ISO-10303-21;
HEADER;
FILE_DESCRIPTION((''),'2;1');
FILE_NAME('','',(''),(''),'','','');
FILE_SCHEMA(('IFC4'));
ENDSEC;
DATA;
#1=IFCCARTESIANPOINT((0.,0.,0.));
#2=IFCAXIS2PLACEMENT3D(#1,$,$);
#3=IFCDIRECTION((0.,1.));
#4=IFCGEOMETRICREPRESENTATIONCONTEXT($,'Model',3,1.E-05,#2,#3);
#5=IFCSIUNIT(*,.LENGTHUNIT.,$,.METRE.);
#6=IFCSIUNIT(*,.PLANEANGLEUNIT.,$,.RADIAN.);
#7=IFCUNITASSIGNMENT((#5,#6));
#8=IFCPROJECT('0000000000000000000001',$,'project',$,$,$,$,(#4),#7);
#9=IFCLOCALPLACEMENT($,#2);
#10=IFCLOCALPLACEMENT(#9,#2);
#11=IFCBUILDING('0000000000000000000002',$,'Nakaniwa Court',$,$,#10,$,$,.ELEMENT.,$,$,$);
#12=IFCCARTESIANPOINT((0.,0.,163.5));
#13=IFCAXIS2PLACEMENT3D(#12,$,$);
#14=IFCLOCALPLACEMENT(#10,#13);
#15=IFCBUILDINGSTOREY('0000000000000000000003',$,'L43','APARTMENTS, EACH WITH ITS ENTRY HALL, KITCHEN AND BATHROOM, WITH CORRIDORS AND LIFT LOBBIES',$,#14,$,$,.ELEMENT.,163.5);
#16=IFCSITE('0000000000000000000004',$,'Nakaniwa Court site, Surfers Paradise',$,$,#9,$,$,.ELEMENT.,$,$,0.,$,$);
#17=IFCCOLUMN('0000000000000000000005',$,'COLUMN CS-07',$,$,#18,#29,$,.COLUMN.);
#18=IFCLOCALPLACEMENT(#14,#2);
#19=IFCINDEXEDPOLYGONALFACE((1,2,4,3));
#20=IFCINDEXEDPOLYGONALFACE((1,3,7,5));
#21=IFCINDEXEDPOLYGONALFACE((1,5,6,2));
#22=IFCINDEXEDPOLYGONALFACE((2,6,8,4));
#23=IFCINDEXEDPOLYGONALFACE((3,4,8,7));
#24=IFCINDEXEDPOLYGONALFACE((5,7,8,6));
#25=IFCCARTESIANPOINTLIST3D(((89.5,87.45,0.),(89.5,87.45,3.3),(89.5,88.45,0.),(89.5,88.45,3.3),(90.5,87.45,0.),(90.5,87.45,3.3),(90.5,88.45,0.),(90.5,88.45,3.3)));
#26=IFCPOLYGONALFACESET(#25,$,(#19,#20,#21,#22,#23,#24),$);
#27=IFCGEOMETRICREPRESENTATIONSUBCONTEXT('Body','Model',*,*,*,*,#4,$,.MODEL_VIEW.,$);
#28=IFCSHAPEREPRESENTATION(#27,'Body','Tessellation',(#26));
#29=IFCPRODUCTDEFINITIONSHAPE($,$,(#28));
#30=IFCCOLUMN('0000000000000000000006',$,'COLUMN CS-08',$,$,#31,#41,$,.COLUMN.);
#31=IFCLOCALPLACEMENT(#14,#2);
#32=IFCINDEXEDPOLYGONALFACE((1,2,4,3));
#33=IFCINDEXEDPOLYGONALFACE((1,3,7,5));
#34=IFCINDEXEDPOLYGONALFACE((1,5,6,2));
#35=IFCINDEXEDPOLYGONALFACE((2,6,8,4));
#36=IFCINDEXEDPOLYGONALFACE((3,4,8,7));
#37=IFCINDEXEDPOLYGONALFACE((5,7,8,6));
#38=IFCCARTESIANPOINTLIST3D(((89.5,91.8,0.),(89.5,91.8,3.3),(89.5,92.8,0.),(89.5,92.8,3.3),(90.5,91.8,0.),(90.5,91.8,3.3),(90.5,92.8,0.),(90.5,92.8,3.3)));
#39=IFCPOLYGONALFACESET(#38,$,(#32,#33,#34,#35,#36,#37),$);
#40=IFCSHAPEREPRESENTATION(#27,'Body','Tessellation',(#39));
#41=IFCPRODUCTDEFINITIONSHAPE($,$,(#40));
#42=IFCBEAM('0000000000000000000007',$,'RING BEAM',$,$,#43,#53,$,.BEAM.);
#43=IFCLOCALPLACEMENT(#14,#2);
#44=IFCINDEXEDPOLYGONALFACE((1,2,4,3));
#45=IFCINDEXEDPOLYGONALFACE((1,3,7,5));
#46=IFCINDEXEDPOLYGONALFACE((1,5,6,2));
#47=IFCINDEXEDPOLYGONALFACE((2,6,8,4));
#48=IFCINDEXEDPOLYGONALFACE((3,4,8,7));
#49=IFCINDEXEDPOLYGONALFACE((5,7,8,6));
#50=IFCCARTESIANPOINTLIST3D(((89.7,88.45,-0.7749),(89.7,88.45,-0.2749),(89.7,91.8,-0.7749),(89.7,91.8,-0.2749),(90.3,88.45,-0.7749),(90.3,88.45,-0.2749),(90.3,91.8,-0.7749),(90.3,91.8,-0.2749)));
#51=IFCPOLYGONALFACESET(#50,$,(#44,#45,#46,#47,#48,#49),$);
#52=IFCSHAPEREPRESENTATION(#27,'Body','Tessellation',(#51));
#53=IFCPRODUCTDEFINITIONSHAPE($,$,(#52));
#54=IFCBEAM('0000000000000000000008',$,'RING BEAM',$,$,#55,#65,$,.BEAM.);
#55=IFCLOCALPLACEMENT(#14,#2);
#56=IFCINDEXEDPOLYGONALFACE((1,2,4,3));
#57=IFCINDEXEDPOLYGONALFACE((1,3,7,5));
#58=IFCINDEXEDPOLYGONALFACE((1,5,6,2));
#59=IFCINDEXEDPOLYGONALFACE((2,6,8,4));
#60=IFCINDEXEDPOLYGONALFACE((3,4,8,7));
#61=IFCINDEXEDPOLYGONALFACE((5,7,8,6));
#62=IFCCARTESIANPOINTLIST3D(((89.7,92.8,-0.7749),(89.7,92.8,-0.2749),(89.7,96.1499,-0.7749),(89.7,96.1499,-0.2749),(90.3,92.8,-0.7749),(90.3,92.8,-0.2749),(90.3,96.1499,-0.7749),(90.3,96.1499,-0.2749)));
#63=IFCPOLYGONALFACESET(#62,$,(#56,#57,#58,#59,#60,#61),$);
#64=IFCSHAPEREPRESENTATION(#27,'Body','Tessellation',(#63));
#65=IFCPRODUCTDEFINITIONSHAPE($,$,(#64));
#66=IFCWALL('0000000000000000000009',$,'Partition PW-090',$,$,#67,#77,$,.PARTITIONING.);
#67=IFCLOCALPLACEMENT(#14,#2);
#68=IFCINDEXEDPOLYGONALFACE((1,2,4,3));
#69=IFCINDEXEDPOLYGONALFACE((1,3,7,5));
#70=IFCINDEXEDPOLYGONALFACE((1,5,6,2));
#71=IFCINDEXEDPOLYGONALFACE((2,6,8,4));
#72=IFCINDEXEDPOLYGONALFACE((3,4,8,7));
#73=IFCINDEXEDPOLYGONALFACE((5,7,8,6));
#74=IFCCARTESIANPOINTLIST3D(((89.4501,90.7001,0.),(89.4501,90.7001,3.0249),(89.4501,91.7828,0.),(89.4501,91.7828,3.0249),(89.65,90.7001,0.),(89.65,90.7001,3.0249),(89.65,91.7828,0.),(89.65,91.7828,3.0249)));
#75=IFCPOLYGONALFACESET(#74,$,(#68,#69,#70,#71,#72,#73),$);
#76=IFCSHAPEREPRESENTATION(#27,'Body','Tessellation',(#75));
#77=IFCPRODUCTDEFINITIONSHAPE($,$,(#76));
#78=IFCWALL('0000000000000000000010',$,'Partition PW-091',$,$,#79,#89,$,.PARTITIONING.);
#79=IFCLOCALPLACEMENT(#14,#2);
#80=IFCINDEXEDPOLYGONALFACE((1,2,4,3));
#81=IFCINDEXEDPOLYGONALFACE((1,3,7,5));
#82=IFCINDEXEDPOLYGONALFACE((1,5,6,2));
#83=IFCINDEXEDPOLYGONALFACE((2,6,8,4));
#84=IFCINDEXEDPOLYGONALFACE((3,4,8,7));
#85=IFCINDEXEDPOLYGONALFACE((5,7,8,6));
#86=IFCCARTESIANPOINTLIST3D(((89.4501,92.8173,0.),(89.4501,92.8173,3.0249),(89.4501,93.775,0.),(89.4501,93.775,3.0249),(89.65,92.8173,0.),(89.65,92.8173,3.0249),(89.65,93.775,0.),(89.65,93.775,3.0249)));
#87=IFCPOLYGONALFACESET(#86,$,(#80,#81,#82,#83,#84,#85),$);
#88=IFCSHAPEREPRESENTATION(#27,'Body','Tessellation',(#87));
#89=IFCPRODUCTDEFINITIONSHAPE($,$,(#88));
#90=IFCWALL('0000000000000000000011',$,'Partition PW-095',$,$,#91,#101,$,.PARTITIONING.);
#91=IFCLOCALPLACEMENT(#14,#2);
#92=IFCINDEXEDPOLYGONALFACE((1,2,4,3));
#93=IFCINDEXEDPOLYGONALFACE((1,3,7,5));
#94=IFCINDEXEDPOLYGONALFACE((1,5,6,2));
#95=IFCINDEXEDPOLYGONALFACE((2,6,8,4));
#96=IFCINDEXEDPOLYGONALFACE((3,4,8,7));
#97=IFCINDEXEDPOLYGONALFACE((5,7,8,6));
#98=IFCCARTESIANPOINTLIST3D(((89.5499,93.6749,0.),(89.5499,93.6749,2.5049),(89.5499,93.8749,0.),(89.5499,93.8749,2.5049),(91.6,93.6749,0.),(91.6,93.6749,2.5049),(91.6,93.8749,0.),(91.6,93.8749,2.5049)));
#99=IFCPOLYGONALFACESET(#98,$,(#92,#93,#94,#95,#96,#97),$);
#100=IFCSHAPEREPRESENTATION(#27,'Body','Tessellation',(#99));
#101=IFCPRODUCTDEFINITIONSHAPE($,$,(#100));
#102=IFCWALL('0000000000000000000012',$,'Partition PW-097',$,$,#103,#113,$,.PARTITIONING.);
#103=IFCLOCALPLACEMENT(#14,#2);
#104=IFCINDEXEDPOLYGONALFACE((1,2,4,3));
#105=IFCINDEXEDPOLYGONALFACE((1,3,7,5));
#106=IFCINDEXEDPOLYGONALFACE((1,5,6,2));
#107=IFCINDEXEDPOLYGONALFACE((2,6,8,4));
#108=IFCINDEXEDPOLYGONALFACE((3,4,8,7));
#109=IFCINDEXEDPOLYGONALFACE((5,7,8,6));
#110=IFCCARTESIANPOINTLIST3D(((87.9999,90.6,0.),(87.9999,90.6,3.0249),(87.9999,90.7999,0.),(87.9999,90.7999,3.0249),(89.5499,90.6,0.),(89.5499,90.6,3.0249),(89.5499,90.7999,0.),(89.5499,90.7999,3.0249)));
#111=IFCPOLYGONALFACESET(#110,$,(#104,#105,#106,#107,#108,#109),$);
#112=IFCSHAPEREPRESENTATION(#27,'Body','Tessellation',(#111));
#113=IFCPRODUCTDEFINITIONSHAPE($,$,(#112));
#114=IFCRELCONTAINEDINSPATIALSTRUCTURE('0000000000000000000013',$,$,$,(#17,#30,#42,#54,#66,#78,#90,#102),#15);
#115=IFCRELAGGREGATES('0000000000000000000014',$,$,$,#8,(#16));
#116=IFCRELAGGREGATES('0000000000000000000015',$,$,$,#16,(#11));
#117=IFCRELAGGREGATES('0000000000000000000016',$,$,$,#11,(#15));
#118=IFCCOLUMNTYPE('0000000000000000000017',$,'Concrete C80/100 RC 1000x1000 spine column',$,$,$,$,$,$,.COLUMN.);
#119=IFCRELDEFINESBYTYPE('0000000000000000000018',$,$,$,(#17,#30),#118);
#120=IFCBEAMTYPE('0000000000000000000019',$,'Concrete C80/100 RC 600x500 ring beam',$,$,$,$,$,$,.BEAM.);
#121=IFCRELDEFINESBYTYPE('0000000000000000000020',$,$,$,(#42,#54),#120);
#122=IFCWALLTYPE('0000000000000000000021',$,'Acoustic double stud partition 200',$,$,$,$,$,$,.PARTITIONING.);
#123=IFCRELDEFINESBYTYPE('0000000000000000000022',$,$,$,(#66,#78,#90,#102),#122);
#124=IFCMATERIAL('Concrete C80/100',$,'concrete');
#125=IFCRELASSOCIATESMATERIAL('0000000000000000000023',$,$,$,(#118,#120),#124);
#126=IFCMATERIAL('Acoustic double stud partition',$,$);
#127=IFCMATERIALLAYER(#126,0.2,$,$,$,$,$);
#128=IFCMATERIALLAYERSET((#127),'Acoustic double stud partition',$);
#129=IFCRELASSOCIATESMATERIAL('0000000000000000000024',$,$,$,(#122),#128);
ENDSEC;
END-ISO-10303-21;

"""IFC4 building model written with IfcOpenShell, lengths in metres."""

from ifc_helpers import new_model, si_unit, direction, frame, frame_2d, origin, origin_2d, place, context, subcontext, project, spatial, rectangle, extrude, material, layer, layer_set, material_profile, profile_set, type_object, element, save


model = new_model("IFC4")

# Units and contexts
model_context = context("Model", 3, precision=1e-05, world=origin(), true_north=direction((0.0, 1.0)))
body_context = subcontext(model_context, "Body", "Model", "MODEL_VIEW")
ifc_project = project(units=[si_unit("LENGTHUNIT", "METRE"), si_unit("PLANEANGLEUNIT", "RADIAN")], contexts=[model_context])

# Site, building, storey
site_placement = place(None, origin())
site = spatial("IfcSite", under=ifc_project, at=site_placement, Name="Nakaniwa Court site, Surfers Paradise", CompositionType="ELEMENT", RefElevation=0.0)
building_placement = place(site_placement, origin())
building = spatial("IfcBuilding", under=site, at=building_placement, Name="Nakaniwa Court", CompositionType="ELEMENT")
storey_placement = place(building_placement, frame((0.0, 0.0, 163.5)))
storey = spatial("IfcBuildingStorey", under=building, at=storey_placement, Name="L43", Description="APARTMENTS, EACH WITH ITS ENTRY HALL, KITCHEN AND BATHROOM, WITH CORRIDORS AND LIFT LOBBIES", CompositionType="ELEMENT", Elevation=163.5)

# Columns
ifc_material_1 = material(Name="Concrete C80/100", Category="concrete")
ifc_material_profile_1 = material_profile(ifc_material_1, rectangle(XDim=1.0, YDim=1.0, at=origin_2d()), Name="Concrete C80/100 RC 1000x1000 spine column")
ifc_profile_set_1 = profile_set([ifc_material_profile_1], Name="Concrete C80/100")
column_type = type_object("IfcColumnType", Name="Concrete C80/100 RC 1000x1000 spine column", PredefinedType="COLUMN", material=ifc_profile_set_1)
for number, where, z_axis, x_axis, name in (
    (1, (90.0, 87.95, 0.0), (0.0, 0.0, 1.0), (0.0, 1.0, 0.0), "COLUMN CS-07"),
    (2, (90.0, 92.3, 0.0), (0.0, 0.0, 1.0), (0.0, 1.0, 0.0), "COLUMN CS-08"),
):
    element("IfcColumn", number, at=place(storey_placement, frame(where, z_axis=z_axis, x_axis=x_axis)), inside=storey, type_object=column_type, Name=name, PredefinedType="COLUMN", context=body_context, shape_type="SweptSolid", body=[
        extrude(rectangle(XDim=1.0, YDim=1.0, at=origin_2d()), origin(), (0.0, 0.0, 1.0), 3.3),
    ])

# Beams
ifc_material_profile_2 = material_profile(ifc_material_1, rectangle(XDim=0.6001, YDim=0.5, at=origin_2d()), Name="Concrete C80/100 RC 600x500 ring beam")
ifc_profile_set_2 = profile_set([ifc_material_profile_2], Name="Concrete C80/100")
beam_type = type_object("IfcBeamType", Name="Concrete C80/100 RC 600x500 ring beam", PredefinedType="BEAM", material=ifc_profile_set_2)
beam_1_placement = place(storey_placement, frame((90.0, 88.45, -0.5249), z_axis=(0.0, 1.0, 0.0), x_axis=(-1.0, 0.0, 0.0)))
element("IfcBeam", 3, at=beam_1_placement, inside=storey, type_object=beam_type, Name="RING BEAM", PredefinedType="BEAM", context=body_context, shape_type="SweptSolid", body=[
    extrude(rectangle(XDim=0.6001, YDim=0.5, at=origin_2d()), origin(), (0.0, 0.0, 1.0), 3.3501),
])
beam_2_placement = place(storey_placement, frame((90.0, 92.8, -0.5249), z_axis=(0.0, 1.0, 0.0), x_axis=(-1.0, 0.0, 0.0)))
element("IfcBeam", 4, at=beam_2_placement, inside=storey, type_object=beam_type, Name="RING BEAM", PredefinedType="BEAM", context=body_context, shape_type="SweptSolid", body=[
    extrude(rectangle(XDim=0.6001, YDim=0.5, at=origin_2d()), origin(), (0.0, 0.0, 1.0), 3.3499),
])

# Walls
ifc_material_2 = material(Name="Acoustic double stud partition")
ifc_layer_1 = layer(ifc_material_2, 0.2)
ifc_layer_set_1 = layer_set([ifc_layer_1], Name="Acoustic double stud partition")
wall_type_1 = type_object("IfcWallType", Name="Acoustic double stud partition 200", PredefinedType="PARTITIONING", material=ifc_layer_set_1)
wall_1_placement = place(storey_placement, frame((89.55, 90.7, 0.0), z_axis=(0.0, 0.0, 1.0), x_axis=(0.0, 1.0, 0.0)))
element("IfcWall", 5, at=wall_1_placement, inside=storey, type_object=wall_type_1, Name="Partition PW-090", PredefinedType="PARTITIONING", context=body_context, shape_type="SweptSolid", body=[
    extrude(rectangle(XDim=1.0828, YDim=0.2, at=frame_2d((0.5415, 0.0))), origin(), (0.0, 0.0, 1.0), 3.0249),
])
wall_2_placement = place(storey_placement, frame((89.55, 92.8171, 0.0), z_axis=(0.0, 0.0, 1.0), x_axis=(0.0, 1.0, 0.0)))
element("IfcWall", 6, at=wall_2_placement, inside=storey, type_object=wall_type_1, Name="Partition PW-091", PredefinedType="PARTITIONING", context=body_context, shape_type="SweptSolid", body=[
    extrude(rectangle(XDim=0.9578, YDim=0.2, at=frame_2d((0.479, 0.0))), origin(), (0.0, 0.0, 1.0), 3.0249),
])
wall_3_placement = place(storey_placement, frame((89.55, 93.7749, 0.0), z_axis=(0.0, 0.0, 1.0), x_axis=(1.0, 0.0, 0.0)))
element("IfcWall", 7, at=wall_3_placement, inside=storey, type_object=wall_type_1, Name="Partition PW-095", PredefinedType="PARTITIONING", context=body_context, shape_type="SweptSolid", body=[
    extrude(rectangle(XDim=2.05, YDim=0.2, at=frame_2d((1.0249, 0.0))), origin(), (0.0, 0.0, 1.0), 2.5049),
])
wall_4_placement = place(storey_placement, frame((88.0, 90.7, 0.0), z_axis=(0.0, 0.0, 1.0), x_axis=(1.0, 0.0, 0.0)))
element("IfcWall", 8, at=wall_4_placement, inside=storey, type_object=wall_type_1, Name="Partition PW-097", PredefinedType="PARTITIONING", context=body_context, shape_type="SweptSolid", body=[
    extrude(rectangle(XDim=1.55, YDim=0.2, at=frame_2d((0.7749, 0.0))), origin(), (0.0, 0.0, 1.0), 3.0249),
])

save(model, "model.ifc")
